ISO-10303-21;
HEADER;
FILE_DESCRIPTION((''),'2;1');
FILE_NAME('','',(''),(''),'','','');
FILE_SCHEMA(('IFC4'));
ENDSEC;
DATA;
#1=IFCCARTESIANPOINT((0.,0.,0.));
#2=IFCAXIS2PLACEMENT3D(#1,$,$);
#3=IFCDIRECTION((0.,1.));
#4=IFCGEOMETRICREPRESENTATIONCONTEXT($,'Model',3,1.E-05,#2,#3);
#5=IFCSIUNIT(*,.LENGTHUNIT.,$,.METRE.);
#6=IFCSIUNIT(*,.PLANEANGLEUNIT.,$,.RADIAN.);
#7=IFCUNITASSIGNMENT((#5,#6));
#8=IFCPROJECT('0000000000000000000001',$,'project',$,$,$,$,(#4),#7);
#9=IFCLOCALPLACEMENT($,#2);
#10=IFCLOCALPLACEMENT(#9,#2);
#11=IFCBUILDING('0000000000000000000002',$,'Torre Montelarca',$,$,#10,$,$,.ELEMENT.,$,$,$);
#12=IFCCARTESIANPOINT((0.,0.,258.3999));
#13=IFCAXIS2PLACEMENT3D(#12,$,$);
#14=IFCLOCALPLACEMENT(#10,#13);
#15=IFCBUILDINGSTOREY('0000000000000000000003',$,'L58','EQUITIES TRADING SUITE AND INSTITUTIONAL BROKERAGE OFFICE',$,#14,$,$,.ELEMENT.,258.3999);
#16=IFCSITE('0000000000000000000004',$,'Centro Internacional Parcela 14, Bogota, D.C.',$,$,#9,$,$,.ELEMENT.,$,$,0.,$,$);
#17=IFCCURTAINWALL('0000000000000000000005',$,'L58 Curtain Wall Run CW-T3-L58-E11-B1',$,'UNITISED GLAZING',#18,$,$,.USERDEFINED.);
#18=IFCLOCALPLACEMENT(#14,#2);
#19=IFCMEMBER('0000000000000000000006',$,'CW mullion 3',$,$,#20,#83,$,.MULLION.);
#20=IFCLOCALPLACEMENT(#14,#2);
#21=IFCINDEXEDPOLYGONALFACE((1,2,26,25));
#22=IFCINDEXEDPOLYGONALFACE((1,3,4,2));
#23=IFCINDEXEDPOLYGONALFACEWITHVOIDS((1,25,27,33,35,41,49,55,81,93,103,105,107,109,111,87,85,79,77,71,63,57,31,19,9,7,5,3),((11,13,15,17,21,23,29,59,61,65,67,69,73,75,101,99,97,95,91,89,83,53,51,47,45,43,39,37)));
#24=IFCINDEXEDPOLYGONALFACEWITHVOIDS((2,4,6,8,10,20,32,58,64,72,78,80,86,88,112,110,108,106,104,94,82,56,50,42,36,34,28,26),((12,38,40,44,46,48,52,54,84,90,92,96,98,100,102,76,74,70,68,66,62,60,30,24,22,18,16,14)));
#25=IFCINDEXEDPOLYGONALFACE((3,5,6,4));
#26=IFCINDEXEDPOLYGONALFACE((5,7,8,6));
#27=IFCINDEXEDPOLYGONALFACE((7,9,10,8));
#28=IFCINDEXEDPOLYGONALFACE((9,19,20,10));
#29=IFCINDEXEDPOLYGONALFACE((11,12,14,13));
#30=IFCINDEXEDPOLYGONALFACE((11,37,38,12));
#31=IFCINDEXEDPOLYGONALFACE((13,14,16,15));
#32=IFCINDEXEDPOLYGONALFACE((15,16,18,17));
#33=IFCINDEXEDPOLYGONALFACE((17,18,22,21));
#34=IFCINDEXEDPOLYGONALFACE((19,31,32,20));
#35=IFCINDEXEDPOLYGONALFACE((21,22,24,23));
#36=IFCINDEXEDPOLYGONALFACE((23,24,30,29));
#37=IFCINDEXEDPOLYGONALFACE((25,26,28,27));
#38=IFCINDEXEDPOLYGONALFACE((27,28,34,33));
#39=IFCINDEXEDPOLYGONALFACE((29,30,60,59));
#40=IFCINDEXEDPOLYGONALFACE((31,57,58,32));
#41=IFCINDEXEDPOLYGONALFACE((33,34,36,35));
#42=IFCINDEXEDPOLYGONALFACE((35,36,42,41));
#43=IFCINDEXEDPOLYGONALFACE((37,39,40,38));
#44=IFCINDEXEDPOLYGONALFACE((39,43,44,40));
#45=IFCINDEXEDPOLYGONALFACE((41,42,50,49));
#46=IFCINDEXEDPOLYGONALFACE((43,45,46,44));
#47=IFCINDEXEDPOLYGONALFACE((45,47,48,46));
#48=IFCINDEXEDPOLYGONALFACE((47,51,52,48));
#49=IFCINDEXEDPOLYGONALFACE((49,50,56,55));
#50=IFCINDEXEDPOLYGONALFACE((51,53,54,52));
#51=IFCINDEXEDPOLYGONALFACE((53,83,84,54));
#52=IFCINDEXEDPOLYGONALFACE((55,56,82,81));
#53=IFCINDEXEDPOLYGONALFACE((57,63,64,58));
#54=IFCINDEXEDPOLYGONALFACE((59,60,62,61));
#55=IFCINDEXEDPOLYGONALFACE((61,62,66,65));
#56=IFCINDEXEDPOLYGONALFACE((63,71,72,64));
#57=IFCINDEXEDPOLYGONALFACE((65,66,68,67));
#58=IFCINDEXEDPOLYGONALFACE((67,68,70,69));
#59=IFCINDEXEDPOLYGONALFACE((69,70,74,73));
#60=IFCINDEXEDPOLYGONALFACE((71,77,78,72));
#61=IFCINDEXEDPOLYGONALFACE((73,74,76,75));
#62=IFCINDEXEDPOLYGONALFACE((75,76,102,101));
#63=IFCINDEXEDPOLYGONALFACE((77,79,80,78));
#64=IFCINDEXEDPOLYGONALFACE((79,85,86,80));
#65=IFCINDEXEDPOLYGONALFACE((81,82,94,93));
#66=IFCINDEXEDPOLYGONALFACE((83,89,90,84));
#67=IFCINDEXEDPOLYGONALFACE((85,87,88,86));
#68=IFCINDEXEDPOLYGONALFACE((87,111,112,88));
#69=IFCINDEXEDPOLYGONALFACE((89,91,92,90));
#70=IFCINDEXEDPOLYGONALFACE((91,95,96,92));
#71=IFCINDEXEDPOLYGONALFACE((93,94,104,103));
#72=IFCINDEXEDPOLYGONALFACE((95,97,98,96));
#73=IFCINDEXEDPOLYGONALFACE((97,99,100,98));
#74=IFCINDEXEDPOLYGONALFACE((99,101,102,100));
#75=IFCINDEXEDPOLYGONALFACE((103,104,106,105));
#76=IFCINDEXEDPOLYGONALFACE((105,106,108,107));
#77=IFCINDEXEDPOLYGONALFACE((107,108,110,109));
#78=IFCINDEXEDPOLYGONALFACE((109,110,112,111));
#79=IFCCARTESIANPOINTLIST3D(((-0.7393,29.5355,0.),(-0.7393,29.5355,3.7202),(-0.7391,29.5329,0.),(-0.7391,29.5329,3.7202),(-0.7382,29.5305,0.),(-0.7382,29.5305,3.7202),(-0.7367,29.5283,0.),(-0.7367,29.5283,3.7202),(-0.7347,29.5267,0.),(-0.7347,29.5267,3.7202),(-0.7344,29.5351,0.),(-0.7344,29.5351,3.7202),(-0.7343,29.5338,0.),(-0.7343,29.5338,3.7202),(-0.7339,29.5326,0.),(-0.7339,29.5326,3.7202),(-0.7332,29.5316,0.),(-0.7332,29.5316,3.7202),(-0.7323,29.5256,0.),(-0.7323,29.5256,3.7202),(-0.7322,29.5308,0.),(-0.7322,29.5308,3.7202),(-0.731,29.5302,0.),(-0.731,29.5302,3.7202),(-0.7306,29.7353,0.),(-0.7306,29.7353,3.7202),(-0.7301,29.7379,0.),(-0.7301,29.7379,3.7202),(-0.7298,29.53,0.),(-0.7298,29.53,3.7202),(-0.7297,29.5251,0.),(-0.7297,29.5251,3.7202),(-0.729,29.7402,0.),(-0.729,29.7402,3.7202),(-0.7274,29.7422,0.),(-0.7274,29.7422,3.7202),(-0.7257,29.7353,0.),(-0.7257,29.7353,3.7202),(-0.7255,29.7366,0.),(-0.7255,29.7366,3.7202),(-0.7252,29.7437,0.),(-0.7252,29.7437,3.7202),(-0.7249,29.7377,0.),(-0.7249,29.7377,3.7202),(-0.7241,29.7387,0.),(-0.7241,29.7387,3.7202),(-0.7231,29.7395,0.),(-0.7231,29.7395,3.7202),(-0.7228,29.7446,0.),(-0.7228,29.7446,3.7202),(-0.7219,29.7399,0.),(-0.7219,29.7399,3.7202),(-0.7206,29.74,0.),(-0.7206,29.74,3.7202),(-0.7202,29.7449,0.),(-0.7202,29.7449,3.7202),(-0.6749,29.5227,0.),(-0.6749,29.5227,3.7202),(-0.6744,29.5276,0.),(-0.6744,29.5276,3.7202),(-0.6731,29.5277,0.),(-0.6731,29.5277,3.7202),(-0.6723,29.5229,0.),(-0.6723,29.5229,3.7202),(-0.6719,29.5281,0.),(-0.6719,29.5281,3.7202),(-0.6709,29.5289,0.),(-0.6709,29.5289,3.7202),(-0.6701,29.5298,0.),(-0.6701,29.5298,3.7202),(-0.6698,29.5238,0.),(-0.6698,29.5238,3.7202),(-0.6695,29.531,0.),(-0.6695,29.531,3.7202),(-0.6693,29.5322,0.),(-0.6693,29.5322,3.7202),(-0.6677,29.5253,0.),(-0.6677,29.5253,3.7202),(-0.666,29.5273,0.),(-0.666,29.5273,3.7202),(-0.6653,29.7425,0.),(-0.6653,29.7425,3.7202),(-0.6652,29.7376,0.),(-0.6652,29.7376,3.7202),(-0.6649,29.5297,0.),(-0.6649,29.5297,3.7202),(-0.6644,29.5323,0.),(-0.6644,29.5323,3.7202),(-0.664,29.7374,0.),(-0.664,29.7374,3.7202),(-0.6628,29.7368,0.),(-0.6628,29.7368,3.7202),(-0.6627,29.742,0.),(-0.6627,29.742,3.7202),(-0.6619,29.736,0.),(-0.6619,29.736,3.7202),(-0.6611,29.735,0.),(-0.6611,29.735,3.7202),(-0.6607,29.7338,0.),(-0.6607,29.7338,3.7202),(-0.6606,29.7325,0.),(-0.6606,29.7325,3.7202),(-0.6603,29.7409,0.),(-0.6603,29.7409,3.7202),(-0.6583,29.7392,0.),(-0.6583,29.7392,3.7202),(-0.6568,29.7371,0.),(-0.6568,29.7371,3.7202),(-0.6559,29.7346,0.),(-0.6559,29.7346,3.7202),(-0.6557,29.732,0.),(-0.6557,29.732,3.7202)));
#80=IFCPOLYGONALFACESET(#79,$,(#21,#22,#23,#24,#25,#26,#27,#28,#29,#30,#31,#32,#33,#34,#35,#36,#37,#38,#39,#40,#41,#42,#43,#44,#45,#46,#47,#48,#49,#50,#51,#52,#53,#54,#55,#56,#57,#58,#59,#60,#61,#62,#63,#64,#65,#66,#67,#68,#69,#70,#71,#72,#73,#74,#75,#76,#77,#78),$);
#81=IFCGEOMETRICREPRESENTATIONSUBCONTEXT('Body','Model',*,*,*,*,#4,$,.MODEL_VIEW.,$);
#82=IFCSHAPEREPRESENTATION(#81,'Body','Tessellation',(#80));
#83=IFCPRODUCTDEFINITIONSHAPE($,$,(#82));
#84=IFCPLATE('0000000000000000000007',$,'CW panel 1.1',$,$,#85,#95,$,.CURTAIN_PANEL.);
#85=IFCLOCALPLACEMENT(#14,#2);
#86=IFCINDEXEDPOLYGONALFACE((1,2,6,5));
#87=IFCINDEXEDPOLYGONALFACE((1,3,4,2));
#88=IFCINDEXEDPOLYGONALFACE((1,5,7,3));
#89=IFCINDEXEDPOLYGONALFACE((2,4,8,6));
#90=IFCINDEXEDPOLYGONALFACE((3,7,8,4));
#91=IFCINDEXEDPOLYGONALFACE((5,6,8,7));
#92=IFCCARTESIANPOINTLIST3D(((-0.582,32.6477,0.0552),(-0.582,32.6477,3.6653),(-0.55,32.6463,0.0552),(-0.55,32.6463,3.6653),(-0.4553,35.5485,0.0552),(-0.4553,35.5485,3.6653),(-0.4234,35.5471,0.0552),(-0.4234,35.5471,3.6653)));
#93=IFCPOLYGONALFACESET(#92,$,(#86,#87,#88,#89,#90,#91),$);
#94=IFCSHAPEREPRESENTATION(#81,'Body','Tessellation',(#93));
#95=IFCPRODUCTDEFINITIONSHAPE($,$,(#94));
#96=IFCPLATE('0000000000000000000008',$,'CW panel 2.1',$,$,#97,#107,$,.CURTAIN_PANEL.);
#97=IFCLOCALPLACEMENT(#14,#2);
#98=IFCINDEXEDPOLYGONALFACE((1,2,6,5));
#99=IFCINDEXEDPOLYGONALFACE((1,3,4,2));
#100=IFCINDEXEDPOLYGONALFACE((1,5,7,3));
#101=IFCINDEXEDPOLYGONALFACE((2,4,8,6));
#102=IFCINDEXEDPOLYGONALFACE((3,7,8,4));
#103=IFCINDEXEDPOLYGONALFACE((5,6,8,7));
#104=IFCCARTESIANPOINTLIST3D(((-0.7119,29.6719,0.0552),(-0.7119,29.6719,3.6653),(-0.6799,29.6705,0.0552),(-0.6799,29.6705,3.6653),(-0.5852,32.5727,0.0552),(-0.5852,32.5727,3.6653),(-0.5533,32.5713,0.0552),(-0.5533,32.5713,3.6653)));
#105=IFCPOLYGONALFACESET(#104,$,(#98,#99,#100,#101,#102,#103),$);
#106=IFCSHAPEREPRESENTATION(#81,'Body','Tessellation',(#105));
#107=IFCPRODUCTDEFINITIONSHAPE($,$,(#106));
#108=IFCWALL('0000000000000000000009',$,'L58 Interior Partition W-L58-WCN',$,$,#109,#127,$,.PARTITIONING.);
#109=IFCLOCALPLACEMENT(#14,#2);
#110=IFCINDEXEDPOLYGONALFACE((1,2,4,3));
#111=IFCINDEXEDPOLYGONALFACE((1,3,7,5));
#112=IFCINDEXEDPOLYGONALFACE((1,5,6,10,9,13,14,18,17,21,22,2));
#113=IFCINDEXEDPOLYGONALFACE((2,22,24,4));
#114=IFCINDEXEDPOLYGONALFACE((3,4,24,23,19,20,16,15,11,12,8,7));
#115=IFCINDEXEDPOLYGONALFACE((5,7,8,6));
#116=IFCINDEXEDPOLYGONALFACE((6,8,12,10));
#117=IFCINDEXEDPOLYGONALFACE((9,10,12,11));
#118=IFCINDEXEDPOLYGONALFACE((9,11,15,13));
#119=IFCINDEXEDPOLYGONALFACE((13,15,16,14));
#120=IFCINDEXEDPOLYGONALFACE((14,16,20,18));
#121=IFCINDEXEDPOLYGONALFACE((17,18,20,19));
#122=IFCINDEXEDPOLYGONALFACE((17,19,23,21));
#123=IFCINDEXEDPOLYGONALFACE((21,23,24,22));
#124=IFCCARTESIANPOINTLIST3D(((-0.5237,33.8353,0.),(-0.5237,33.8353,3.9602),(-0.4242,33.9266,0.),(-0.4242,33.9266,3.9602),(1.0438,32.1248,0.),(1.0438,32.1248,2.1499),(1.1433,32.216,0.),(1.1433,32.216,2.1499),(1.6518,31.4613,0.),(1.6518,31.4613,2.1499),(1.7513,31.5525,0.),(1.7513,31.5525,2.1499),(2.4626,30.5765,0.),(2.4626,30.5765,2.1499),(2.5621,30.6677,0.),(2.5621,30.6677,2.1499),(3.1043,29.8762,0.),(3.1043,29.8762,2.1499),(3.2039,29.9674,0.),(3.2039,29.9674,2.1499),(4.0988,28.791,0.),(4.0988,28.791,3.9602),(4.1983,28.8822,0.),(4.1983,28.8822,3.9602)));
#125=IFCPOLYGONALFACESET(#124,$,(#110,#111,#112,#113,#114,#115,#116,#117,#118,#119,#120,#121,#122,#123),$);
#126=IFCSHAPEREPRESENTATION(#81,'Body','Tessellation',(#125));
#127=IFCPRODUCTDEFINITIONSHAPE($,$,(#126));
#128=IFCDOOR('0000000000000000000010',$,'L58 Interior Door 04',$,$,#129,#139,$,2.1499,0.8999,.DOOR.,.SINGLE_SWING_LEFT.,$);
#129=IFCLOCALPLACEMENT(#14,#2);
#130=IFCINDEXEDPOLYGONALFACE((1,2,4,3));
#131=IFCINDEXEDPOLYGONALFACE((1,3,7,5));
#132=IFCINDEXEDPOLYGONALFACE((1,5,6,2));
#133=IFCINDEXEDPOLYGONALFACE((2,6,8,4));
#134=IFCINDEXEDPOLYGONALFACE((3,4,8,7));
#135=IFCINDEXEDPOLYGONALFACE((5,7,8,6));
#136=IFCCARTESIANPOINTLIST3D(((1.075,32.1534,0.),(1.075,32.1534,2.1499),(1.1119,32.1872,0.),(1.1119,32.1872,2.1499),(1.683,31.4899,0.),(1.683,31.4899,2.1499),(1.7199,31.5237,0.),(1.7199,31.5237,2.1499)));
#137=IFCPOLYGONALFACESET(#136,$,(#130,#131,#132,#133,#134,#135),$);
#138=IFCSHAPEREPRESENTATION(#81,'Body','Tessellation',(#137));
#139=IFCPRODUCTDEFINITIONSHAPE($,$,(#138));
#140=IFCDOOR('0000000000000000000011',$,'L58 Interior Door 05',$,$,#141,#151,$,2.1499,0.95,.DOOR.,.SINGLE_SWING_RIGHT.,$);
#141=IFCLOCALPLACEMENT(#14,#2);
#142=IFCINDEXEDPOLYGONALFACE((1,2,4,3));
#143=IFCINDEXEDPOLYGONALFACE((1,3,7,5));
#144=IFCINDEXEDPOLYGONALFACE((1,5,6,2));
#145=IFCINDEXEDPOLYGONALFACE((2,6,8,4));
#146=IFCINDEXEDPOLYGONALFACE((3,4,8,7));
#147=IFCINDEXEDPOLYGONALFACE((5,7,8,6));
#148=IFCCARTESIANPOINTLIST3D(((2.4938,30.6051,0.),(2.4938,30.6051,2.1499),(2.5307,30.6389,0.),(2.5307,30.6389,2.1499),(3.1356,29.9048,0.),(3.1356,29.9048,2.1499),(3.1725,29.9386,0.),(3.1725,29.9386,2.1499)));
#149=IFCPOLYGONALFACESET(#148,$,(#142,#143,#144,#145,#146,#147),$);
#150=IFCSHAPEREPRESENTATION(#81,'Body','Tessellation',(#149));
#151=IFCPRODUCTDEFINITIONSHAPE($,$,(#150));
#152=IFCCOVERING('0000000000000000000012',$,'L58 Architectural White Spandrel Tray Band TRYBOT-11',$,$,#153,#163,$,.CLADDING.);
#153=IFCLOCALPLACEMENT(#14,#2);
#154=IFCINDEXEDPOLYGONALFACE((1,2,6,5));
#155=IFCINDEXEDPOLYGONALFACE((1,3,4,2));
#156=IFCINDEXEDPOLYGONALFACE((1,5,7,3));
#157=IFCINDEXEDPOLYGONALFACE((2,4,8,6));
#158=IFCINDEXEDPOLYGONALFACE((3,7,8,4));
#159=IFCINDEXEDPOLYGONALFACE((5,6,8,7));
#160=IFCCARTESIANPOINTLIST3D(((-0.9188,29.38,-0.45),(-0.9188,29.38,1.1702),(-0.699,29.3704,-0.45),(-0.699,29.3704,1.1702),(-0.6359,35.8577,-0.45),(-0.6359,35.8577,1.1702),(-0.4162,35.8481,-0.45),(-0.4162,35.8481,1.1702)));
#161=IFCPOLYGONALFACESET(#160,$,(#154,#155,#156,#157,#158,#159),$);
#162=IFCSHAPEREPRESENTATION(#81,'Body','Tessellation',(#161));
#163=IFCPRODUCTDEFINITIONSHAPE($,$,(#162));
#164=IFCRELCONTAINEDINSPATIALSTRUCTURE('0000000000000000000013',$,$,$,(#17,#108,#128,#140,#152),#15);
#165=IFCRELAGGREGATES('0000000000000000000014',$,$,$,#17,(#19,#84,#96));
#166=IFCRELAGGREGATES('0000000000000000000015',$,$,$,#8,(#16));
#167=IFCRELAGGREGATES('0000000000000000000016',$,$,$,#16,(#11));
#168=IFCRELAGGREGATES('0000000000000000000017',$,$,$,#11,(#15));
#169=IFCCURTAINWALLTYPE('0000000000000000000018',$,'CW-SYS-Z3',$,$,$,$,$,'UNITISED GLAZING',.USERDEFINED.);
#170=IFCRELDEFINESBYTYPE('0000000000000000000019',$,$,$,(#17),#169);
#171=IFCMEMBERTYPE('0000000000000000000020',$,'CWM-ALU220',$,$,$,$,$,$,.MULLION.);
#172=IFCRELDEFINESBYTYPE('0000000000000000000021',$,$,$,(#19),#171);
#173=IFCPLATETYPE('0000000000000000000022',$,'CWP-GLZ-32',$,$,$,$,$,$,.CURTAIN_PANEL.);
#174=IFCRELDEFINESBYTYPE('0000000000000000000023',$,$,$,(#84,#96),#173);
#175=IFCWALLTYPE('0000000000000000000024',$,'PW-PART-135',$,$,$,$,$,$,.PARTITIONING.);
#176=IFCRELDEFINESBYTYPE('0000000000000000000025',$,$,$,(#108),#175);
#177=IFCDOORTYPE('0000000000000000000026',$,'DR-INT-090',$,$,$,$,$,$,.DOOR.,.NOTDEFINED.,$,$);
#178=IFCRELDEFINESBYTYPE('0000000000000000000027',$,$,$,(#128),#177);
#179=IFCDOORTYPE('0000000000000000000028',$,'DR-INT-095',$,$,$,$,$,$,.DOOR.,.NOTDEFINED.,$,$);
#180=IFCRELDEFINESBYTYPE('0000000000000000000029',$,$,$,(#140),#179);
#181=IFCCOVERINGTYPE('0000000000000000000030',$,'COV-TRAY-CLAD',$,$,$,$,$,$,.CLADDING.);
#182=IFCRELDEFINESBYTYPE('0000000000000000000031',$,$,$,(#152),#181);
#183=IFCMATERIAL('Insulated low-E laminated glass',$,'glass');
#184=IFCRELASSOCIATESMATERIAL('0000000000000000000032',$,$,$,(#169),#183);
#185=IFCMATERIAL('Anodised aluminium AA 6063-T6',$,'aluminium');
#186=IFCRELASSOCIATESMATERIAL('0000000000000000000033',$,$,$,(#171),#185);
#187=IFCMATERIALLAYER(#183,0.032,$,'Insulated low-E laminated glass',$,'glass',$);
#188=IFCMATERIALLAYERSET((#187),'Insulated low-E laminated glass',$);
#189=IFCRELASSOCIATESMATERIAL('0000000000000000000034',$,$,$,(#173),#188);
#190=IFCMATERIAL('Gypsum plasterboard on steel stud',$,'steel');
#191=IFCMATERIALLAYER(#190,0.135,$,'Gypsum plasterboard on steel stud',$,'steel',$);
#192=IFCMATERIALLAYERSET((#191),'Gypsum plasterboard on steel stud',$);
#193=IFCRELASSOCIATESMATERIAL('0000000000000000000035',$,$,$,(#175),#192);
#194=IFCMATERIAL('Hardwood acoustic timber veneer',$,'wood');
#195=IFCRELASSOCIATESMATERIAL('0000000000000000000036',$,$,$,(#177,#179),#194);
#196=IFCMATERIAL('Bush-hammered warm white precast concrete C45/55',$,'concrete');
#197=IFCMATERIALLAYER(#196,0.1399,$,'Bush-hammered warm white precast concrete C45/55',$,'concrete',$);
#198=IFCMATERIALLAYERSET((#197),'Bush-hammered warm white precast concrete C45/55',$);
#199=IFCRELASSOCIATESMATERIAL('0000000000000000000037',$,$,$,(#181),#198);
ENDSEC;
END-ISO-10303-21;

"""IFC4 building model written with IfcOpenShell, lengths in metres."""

from ifc_helpers import new_model, si_unit, direction, frame, frame_2d, origin, origin_2d, place, context, subcontext, project, spatial, rectangle, hollow_rectangle, extrude, source, transform, mapped, material, layer, layer_set, material_profile, profile_set, type_object, element, fill, aggregate, save


model = new_model("IFC4")

# Units and contexts
model_context = context("Model", 3, precision=1e-05, world=origin(), true_north=direction((0.0, 1.0)))
body_context = subcontext(model_context, "Body", "Model", "MODEL_VIEW")
ifc_project = project(units=[si_unit("LENGTHUNIT", "METRE"), si_unit("PLANEANGLEUNIT", "RADIAN")], contexts=[model_context])

# Site, building, storey
site_placement = place(None, origin())
site = spatial("IfcSite", under=ifc_project, at=site_placement, Name="Centro Internacional Parcela 14, Bogota, D.C.", CompositionType="ELEMENT", RefElevation=0.0)
building_placement = place(site_placement, origin())
building = spatial("IfcBuilding", under=site, at=building_placement, Name="Torre Montelarca", CompositionType="ELEMENT")
storey_placement = place(building_placement, frame((0.0, 0.0, 258.3999)))
storey = spatial("IfcBuildingStorey", under=building, at=storey_placement, Name="L58", Description="EQUITIES TRADING SUITE AND INSTITUTIONAL BROKERAGE OFFICE", CompositionType="ELEMENT", Elevation=258.3999)

# Curtain wall, member, plates
ifc_material_1 = material(Name="Insulated low-E laminated glass", Category="glass")
curtain_wall_type = type_object("IfcCurtainWallType", Name="CW-SYS-Z3", ElementType="UNITISED GLAZING", PredefinedType="USERDEFINED", material=ifc_material_1)
curtain_wall_placement = place(storey_placement, origin())
curtain_wall = element("IfcCurtainWall", 1, at=curtain_wall_placement, inside=storey, type_object=curtain_wall_type, Name="L58 Curtain Wall Run CW-T3-L58-E11-B1", ObjectType="UNITISED GLAZING", PredefinedType="USERDEFINED")
ifc_material_2 = material(Name="Anodised aluminium AA 6063-T6", Category="aluminium")
ifc_material_profile_1 = material_profile(ifc_material_2, hollow_rectangle(XDim=0.075, YDim=0.22, WallThickness=0.0049, InnerFilletRadius=0.0049, OuterFilletRadius=0.01, at=origin_2d()), Name="ALU75X220X5", Category="aluminium")
ifc_profile_set_1 = profile_set([ifc_material_profile_1], Name="Anodised aluminium AA 6063-T6")
member_type_1 = type_object("IfcMemberType", Name="CWM-ALU220", PredefinedType="MULLION", material=ifc_profile_set_1)
shared_shape_1 = source(origin(), body_context, "Body", "SweptSolid", [
    extrude(hollow_rectangle(XDim=0.075, YDim=0.22, WallThickness=0.0049, InnerFilletRadius=0.0049, OuterFilletRadius=0.01, at=origin_2d()), origin(), (0.0, 0.0, 1.0), 3.7202),
])
member_1_placement = place(storey_placement, frame((-0.6975, 29.6338, 0.0), z_axis=(0.0, 0.0, 1.0), x_axis=(0.999048, -0.043616, 0.0)))
member_1 = element("IfcMember", 2, at=member_1_placement, type_object=member_type_1, Name="CW mullion 3", PredefinedType="MULLION", context=body_context, shape_type="MappedRepresentation", body=[
    mapped(shared_shape_1, transform((0.0, 0.0, 0.0), scale=1.0)),
])
ifc_layer_1 = layer(ifc_material_1, 0.032, Name="Insulated low-E laminated glass", Category="glass")
ifc_layer_set_1 = layer_set([ifc_layer_1], Name="Insulated low-E laminated glass")
plate_type = type_object("IfcPlateType", Name="CWP-GLZ-32", PredefinedType="CURTAIN_PANEL", material=ifc_layer_set_1)
shared_shape_2 = source(origin(), body_context, "Body", "SweptSolid", [
    extrude(rectangle(XDim=2.9036, YDim=0.032, at=origin_2d()), origin(), (0.0, 0.0, 1.0), 3.6101),
])
plate_1_placement = place(storey_placement, frame((-0.5027, 34.0974, 0.0552), z_axis=(0.0, 0.0, 1.0), x_axis=(-0.043616, -0.999048, 0.0)))
plate_1 = element("IfcPlate", 3, at=plate_1_placement, type_object=plate_type, Name="CW panel 1.1", PredefinedType="CURTAIN_PANEL", context=body_context, shape_type="MappedRepresentation", body=[
    mapped(shared_shape_2, transform((0.0, 0.0, 0.0), scale=1.0)),
])
plate_2_placement = place(storey_placement, frame((-0.6326, 31.1216, 0.0552), z_axis=(0.0, 0.0, 1.0), x_axis=(-0.043616, -0.999048, 0.0)))
plate_2 = element("IfcPlate", 4, at=plate_2_placement, type_object=plate_type, Name="CW panel 2.1", PredefinedType="CURTAIN_PANEL", context=body_context, shape_type="MappedRepresentation", body=[
    mapped(shared_shape_2, transform((0.0, 0.0, 0.0), scale=1.0)),
])
aggregate(curtain_wall, [member_1, plate_1, plate_2])

# Wall, openings, doors
ifc_material_3 = material(Name="Gypsum plasterboard on steel stud", Category="steel")
ifc_layer_2 = layer(ifc_material_3, 0.135, Name="Gypsum plasterboard on steel stud", Category="steel")
ifc_layer_set_2 = layer_set([ifc_layer_2], Name="Gypsum plasterboard on steel stud")
wall_type = type_object("IfcWallType", Name="PW-PART-135", PredefinedType="PARTITIONING", material=ifc_layer_set_2)
wall_placement = place(storey_placement, frame((-0.4739, 33.8809, 0.0), z_axis=(0.0, 0.0, 1.0), x_axis=(0.675605, -0.737264, 0.0)))
wall = element("IfcWall", 5, at=wall_placement, inside=storey, type_object=wall_type, Name="L58 Interior Partition W-L58-WCN", PredefinedType="PARTITIONING", context=body_context, shape_type="SweptSolid", body=[
    extrude(rectangle(XDim=6.842, YDim=0.135, at=frame_2d((3.4209, 0.0))), origin(), (0.0, 0.0, 1.0), 3.9602),
])
opening_1_placement = place(wall_placement, frame((2.3201, 0.0, 0.0)))
opening_1 = element("IfcOpeningElement", 6, at=opening_1_placement, cuts=wall, PredefinedType="OPENING", context=body_context, shape_type="SweptSolid", body=[
    extrude(rectangle(XDim=0.8999, YDim=2.1499, at=frame_2d((0.45, 1.075))), frame((0.0, 0.0776, 0.0), z_axis=(0.0, -1.0, 0.0), x_axis=(1.0, 0.0, 0.0)), (0.0, 0.0, 1.0), 0.155),
])
opening_2_placement = place(wall_placement, frame((4.4199, 0.0, 0.0)))
opening_2 = element("IfcOpeningElement", 7, at=opening_2_placement, cuts=wall, PredefinedType="OPENING", context=body_context, shape_type="SweptSolid", body=[
    extrude(rectangle(XDim=0.95, YDim=2.1499, at=frame_2d((0.4751, 1.075))), frame((0.0, 0.0776, 0.0), z_axis=(0.0, -1.0, 0.0), x_axis=(1.0, 0.0, 0.0)), (0.0, 0.0, 1.0), 0.155),
])
ifc_material_4 = material(Name="Hardwood acoustic timber veneer", Category="wood")
door_type_1 = type_object("IfcDoorType", Name="DR-INT-090", OperationType="NOTDEFINED", PredefinedType="DOOR", material=ifc_material_4)
shared_shape_3 = source(origin(), body_context, "Body", "SweptSolid", [
    extrude(rectangle(XDim=0.8999, YDim=2.1499, at=frame_2d((0.45, 1.075))), frame((0.0, 0.0249, 0.0), z_axis=(0.0, -1.0, 0.0), x_axis=(1.0, 0.0, 0.0)), (0.0, 0.0, 1.0), 0.05),
])
door_1_placement = place(opening_1_placement, origin())
door_1 = element("IfcDoor", 8, at=door_1_placement, inside=storey, type_object=door_type_1, Name="L58 Interior Door 04", OperationType="SINGLE_SWING_LEFT", OverallHeight=2.1499, OverallWidth=0.8999, PredefinedType="DOOR", context=body_context, shape_type="MappedRepresentation", body=[
    mapped(shared_shape_3, transform((0.0, 0.0, 0.0), scale=1.0)),
])
fill(opening_1, door_1)
door_type_2 = type_object("IfcDoorType", Name="DR-INT-095", OperationType="NOTDEFINED", PredefinedType="DOOR", material=ifc_material_4)
shared_shape_4 = source(origin(), body_context, "Body", "SweptSolid", [
    extrude(rectangle(XDim=0.95, YDim=2.1499, at=frame_2d((0.4751, 1.075))), frame((0.0, 0.0249, 0.0), z_axis=(0.0, -1.0, 0.0), x_axis=(1.0, 0.0, 0.0)), (0.0, 0.0, 1.0), 0.05),
])
door_2_placement = place(opening_2_placement, origin())
door_2 = element("IfcDoor", 9, at=door_2_placement, inside=storey, type_object=door_type_2, Name="L58 Interior Door 05", OperationType="SINGLE_SWING_RIGHT", OverallHeight=2.1499, OverallWidth=0.95, PredefinedType="DOOR", context=body_context, shape_type="MappedRepresentation", body=[
    mapped(shared_shape_4, transform((0.0, 0.0, 0.0), scale=1.0)),
])
fill(opening_2, door_2)

# Covering
ifc_material_5 = material(Name="Bush-hammered warm white precast concrete C45/55", Category="concrete")
ifc_layer_3 = layer(ifc_material_5, 0.1399, Name="Bush-hammered warm white precast concrete C45/55", Category="concrete")
ifc_layer_set_3 = layer_set([ifc_layer_3], Name="Bush-hammered warm white precast concrete C45/55")
covering_type = type_object("IfcCoveringType", Name="COV-TRAY-CLAD", PredefinedType="CLADDING", material=ifc_layer_set_3)
shared_shape_5 = source(origin(), body_context, "Body", "SweptSolid", [
    extrude(rectangle(XDim=6.4839, YDim=0.22, at=origin_2d()), origin(), (0.0, 0.0, 1.0), 1.6201),
])
covering_placement = place(storey_placement, frame((-0.6675, 32.614, -0.45), z_axis=(0.0, 0.0, 1.0), x_axis=(-0.043621, -0.999048, 0.0)))
element("IfcCovering", 10, at=covering_placement, inside=storey, type_object=covering_type, Name="L58 Architectural White Spandrel Tray Band TRYBOT-11", PredefinedType="CLADDING", context=body_context, shape_type="MappedRepresentation", body=[
    mapped(shared_shape_5, transform((0.0, 0.0, 0.0), scale=1.0)),
])

save(model, "model.ifc")
